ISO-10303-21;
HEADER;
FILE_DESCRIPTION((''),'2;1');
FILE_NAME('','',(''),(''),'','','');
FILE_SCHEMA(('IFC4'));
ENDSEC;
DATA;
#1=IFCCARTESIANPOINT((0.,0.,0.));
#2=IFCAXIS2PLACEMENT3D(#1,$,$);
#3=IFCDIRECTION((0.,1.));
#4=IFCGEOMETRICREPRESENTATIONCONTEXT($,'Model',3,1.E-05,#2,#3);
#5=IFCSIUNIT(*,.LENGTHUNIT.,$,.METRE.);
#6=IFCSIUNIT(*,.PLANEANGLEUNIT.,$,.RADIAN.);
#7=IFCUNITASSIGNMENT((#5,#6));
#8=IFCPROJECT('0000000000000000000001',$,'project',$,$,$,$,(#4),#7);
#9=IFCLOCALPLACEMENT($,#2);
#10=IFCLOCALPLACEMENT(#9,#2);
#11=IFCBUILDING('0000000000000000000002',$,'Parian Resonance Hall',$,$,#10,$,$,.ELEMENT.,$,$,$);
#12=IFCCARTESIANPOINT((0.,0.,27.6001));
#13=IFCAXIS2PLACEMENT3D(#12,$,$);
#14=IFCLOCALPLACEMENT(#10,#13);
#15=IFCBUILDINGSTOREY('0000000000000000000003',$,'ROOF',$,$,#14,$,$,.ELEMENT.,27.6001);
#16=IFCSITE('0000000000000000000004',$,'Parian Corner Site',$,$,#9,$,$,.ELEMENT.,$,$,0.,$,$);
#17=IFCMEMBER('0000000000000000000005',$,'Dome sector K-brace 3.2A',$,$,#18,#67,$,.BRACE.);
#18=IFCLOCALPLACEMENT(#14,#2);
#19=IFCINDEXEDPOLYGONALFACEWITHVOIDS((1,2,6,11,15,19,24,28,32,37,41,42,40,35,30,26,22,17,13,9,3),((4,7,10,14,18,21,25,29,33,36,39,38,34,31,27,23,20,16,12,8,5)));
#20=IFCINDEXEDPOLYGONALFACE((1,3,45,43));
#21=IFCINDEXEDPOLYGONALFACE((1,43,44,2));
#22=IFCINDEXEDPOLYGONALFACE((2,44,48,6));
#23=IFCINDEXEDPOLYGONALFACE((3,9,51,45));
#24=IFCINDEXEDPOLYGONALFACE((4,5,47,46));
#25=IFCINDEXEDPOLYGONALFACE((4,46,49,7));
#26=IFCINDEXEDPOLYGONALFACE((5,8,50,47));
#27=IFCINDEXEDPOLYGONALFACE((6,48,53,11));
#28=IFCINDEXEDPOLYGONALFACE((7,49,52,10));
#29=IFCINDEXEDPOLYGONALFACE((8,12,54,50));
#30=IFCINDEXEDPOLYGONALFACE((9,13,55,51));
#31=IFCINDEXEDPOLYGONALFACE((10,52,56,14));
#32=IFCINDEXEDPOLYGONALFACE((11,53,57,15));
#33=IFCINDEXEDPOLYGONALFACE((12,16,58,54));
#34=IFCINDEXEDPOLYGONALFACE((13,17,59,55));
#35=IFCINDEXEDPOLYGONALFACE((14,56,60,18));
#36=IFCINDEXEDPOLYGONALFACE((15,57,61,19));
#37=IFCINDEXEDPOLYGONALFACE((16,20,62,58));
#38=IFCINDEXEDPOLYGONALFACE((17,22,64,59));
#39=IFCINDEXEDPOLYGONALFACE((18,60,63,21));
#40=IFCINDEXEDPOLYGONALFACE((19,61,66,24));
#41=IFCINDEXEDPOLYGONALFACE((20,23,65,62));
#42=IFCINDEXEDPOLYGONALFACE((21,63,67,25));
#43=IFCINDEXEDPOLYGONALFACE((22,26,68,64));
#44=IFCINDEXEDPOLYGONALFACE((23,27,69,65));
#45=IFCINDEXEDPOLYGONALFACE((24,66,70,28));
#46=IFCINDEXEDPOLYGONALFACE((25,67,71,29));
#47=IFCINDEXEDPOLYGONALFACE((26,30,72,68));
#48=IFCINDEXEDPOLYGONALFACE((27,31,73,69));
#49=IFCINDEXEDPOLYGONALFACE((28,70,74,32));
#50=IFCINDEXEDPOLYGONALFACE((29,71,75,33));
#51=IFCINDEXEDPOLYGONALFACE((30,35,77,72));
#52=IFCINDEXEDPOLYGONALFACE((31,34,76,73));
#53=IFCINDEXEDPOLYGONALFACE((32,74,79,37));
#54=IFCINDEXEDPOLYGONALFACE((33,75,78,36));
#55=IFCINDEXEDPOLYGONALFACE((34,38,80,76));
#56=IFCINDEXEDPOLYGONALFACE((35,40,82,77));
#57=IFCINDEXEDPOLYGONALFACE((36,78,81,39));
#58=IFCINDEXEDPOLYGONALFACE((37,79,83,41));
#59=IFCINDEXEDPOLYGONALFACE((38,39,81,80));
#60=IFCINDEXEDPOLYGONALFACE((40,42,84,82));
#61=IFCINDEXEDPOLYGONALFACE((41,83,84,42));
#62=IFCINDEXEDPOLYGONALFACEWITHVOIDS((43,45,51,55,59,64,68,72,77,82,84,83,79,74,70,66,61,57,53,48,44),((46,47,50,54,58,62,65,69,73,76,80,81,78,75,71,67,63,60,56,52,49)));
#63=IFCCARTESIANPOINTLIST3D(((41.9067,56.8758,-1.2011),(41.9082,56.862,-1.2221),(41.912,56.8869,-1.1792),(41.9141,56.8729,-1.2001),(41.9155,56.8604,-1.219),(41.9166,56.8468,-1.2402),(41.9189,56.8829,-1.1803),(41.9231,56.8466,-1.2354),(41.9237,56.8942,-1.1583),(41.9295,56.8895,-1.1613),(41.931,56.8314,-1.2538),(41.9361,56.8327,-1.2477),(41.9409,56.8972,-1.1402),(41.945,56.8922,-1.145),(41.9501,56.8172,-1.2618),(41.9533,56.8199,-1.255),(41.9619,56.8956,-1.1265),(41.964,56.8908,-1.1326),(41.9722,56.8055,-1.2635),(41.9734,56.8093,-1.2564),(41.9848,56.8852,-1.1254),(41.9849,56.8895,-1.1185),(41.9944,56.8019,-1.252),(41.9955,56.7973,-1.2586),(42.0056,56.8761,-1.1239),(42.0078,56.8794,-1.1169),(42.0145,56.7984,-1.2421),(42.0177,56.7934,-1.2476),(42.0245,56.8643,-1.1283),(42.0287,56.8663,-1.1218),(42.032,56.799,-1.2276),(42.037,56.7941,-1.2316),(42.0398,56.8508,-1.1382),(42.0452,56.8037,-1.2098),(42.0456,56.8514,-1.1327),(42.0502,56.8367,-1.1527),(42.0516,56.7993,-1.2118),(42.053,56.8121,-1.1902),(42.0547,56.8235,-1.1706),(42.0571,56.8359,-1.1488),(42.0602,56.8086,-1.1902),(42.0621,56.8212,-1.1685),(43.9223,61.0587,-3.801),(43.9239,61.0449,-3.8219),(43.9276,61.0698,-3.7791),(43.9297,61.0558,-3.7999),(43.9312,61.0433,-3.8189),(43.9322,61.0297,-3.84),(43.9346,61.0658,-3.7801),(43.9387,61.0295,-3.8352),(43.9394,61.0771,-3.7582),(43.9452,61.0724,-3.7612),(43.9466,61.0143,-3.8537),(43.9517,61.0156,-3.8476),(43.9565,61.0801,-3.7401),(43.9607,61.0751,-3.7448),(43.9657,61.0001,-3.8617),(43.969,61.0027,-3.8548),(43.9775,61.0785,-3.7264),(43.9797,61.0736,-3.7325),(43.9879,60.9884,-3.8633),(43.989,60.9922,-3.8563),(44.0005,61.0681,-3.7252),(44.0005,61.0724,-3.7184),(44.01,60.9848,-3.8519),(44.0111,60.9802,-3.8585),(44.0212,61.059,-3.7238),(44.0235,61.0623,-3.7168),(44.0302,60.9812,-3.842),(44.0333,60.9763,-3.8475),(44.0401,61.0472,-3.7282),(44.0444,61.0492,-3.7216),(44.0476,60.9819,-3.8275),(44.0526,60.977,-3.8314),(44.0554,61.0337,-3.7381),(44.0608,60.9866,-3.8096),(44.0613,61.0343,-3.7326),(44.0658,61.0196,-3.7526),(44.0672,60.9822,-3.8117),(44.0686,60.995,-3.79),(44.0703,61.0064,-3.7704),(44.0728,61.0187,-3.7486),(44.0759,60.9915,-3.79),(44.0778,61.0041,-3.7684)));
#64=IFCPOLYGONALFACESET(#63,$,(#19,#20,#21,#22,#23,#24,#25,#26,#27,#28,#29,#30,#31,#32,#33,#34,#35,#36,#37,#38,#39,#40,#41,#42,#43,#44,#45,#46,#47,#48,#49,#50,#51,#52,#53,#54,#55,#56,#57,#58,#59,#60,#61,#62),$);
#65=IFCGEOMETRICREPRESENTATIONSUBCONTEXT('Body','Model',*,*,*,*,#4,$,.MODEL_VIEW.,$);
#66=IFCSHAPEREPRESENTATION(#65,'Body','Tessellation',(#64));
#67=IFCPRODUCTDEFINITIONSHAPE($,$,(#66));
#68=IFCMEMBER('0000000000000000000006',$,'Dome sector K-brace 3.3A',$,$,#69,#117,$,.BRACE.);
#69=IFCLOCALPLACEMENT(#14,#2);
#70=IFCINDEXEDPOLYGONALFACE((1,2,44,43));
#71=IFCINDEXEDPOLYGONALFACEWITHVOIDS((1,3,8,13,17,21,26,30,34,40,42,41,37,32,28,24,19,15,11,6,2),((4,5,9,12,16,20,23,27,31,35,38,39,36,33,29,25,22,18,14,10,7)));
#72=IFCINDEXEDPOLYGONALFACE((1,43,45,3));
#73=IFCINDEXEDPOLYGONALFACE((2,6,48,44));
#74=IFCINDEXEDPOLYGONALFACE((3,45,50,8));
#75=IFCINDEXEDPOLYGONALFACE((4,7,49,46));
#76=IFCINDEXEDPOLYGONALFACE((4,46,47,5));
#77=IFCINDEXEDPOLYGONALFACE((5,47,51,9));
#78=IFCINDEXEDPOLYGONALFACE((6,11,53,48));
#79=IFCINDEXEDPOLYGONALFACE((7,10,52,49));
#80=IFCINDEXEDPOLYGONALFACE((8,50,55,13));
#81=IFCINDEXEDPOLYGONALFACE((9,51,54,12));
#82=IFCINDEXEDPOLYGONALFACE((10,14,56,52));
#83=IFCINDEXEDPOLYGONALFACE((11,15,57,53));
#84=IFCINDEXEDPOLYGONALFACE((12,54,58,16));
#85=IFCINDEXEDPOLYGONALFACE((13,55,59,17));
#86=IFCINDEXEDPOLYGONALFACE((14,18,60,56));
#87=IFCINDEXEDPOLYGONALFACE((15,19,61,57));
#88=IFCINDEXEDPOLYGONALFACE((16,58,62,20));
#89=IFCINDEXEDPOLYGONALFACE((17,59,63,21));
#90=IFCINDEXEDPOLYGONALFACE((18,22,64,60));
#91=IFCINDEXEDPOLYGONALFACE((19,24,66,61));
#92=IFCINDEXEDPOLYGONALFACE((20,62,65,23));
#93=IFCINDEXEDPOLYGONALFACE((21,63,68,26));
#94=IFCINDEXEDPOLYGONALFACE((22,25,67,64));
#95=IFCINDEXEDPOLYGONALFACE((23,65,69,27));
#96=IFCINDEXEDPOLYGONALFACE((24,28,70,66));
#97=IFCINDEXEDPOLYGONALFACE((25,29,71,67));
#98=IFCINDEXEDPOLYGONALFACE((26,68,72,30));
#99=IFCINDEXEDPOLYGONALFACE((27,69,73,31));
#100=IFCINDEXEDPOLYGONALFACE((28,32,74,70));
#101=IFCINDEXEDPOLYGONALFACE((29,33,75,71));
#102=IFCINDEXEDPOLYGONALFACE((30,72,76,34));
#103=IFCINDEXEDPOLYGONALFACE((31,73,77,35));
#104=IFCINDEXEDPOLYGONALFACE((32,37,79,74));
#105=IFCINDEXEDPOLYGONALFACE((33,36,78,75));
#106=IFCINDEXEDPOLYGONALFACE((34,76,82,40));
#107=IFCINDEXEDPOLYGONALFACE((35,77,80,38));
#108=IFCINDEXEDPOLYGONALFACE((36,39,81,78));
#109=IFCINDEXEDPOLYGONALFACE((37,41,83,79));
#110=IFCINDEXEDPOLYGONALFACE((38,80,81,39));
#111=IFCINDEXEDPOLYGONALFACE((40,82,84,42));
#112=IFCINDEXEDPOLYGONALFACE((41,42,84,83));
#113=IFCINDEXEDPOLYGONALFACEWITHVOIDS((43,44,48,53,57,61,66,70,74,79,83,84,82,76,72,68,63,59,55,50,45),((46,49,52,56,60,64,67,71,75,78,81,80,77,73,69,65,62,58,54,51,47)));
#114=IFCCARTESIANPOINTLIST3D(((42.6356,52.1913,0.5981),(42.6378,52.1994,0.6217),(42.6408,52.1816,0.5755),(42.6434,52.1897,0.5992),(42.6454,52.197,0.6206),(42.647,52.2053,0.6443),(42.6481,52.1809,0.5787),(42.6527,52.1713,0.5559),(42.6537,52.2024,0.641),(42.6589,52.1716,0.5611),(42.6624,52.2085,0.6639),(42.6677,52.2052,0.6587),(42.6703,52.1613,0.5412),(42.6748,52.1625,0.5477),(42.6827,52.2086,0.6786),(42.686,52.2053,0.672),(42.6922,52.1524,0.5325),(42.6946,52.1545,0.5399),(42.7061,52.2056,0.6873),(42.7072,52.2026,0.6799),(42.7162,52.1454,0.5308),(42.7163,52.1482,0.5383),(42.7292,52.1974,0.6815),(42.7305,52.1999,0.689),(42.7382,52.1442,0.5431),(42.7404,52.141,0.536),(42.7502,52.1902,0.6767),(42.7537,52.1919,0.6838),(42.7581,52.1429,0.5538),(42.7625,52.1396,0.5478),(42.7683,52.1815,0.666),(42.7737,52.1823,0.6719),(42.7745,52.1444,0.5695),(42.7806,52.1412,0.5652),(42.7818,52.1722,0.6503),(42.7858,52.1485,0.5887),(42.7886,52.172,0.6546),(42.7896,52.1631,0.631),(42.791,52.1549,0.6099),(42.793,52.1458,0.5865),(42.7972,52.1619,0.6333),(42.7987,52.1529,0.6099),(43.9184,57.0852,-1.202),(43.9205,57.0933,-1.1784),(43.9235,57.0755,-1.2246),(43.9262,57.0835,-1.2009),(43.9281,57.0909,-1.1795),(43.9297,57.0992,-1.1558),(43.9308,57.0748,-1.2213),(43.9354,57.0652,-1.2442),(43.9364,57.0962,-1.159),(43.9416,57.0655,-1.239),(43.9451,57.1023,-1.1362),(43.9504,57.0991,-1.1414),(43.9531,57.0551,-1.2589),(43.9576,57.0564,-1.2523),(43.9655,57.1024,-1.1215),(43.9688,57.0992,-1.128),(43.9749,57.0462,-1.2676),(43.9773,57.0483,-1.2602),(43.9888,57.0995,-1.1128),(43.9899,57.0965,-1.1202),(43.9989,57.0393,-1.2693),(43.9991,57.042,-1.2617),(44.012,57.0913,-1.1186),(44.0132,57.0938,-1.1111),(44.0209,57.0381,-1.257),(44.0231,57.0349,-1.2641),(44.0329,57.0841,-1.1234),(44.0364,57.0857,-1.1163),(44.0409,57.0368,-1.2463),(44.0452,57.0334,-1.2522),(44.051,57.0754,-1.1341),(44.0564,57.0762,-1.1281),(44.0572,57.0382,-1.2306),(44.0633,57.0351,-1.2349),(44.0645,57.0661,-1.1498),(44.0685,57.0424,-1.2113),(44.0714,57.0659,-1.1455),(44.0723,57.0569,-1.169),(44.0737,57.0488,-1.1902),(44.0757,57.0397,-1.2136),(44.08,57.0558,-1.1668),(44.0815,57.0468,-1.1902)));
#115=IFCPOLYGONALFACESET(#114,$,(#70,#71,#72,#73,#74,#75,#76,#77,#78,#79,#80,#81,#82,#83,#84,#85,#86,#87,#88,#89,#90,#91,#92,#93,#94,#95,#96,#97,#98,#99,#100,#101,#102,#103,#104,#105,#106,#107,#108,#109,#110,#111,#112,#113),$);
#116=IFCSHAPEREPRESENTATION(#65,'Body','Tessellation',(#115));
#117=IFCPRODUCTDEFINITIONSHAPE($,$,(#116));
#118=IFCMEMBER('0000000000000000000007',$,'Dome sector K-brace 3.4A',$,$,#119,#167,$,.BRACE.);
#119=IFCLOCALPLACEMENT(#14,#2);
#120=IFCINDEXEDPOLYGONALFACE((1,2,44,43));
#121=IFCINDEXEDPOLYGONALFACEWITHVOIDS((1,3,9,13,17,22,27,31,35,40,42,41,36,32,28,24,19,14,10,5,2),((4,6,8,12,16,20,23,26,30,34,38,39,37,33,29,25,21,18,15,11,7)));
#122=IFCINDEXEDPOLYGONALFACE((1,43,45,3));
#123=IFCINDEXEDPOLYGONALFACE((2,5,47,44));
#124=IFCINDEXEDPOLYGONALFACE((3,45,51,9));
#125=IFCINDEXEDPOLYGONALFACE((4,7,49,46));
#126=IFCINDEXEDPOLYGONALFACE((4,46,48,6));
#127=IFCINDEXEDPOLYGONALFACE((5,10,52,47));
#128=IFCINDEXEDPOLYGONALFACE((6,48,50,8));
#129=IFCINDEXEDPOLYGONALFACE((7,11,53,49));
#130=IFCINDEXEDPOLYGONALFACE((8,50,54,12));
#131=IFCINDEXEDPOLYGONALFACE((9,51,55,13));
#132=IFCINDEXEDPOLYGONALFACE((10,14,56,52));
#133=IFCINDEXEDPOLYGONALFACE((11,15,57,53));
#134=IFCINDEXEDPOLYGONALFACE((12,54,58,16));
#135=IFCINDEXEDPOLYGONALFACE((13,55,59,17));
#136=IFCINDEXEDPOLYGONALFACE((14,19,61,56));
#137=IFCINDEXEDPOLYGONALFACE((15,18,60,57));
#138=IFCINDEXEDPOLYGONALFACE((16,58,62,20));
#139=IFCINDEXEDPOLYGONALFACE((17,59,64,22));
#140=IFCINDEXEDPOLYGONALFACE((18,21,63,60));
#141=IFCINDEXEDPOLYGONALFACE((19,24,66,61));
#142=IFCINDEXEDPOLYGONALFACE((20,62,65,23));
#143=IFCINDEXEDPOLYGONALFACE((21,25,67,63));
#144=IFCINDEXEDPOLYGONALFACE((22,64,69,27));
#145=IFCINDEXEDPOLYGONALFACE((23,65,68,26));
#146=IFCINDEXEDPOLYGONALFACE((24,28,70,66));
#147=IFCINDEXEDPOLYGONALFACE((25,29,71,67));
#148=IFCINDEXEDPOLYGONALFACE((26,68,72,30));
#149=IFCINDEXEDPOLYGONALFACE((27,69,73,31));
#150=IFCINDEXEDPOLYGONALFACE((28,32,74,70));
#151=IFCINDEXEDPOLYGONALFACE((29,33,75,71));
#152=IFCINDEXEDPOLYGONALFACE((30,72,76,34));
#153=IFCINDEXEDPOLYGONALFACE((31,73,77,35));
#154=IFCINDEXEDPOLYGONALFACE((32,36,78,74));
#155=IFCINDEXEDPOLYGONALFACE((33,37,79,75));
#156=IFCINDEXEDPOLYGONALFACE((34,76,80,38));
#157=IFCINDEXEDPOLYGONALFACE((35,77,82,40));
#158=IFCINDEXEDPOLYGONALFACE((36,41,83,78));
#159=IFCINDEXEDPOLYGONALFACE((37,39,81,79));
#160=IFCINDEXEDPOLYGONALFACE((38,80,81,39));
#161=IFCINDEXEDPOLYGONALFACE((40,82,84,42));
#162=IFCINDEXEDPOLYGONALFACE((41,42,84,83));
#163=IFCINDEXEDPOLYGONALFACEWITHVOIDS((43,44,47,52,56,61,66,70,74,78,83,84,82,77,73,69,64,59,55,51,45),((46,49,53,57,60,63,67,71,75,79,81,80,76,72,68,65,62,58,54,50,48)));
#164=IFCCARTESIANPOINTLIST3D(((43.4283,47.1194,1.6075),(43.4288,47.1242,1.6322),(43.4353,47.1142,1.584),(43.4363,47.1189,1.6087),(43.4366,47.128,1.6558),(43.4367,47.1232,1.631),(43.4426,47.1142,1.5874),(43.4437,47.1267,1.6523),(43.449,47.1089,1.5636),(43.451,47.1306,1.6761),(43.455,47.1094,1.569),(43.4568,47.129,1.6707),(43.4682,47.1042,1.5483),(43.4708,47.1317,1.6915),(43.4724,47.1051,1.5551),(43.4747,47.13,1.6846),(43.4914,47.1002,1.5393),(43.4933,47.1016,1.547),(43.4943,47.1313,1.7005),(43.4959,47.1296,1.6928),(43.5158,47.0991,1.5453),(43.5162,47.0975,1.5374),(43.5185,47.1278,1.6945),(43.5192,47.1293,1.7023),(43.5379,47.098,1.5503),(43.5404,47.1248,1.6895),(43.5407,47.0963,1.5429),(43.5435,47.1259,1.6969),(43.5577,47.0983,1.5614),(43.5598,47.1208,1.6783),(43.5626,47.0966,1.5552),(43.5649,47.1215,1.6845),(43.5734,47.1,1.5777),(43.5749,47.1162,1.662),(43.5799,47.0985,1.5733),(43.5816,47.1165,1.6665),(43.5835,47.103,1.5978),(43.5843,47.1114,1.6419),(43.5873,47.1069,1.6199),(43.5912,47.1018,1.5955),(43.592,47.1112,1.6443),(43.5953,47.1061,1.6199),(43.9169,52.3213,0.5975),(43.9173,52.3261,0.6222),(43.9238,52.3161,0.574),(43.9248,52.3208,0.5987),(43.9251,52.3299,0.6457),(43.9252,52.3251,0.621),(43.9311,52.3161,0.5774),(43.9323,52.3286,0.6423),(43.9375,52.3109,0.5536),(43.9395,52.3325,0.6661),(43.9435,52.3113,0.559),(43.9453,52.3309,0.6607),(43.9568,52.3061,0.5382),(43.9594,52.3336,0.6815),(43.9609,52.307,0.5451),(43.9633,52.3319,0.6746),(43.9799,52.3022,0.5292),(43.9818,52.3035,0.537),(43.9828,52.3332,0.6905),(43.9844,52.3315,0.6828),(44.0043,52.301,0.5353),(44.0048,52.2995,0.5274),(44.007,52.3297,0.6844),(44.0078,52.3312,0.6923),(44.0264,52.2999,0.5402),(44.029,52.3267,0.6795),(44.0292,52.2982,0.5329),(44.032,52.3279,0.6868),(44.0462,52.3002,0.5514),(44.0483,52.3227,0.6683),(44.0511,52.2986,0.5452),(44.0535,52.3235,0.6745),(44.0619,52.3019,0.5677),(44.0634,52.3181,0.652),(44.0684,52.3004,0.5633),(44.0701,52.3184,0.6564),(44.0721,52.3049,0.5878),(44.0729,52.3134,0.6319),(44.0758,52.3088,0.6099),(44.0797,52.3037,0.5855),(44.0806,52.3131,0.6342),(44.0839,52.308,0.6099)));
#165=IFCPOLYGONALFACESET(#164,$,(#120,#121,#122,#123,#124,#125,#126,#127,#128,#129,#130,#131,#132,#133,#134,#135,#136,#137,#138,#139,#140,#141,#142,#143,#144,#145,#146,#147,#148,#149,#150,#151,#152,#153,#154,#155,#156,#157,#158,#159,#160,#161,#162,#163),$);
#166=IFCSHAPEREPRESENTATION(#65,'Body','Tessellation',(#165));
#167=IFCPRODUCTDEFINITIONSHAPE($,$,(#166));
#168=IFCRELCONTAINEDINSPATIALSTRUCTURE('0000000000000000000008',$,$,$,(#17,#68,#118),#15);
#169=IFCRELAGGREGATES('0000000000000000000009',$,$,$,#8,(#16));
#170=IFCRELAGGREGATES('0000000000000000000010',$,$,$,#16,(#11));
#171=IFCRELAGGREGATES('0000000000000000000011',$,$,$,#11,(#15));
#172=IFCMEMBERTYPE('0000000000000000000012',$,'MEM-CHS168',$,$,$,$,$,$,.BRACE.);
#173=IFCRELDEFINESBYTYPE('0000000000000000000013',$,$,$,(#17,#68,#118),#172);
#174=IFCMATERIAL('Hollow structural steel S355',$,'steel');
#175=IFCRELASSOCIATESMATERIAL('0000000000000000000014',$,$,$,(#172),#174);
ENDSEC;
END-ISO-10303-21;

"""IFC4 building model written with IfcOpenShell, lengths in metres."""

from ifc_helpers import new_model, si_unit, direction, frame, origin, origin_2d, place, context, subcontext, project, spatial, hollow_circle, extrude, material, material_profile, profile_set, type_object, element, save


model = new_model("IFC4")

# Units and contexts
model_context = context("Model", 3, precision=1e-05, world=origin(), true_north=direction((0.0, 1.0)))
body_context = subcontext(model_context, "Body", "Model", "MODEL_VIEW")
ifc_project = project(units=[si_unit("LENGTHUNIT", "METRE"), si_unit("PLANEANGLEUNIT", "RADIAN")], contexts=[model_context])

# Site, building, storey
site_placement = place(None, origin())
site = spatial("IfcSite", under=ifc_project, at=site_placement, Name="Parian Corner Site", CompositionType="ELEMENT", RefElevation=0.0)
building_placement = place(site_placement, origin())
building = spatial("IfcBuilding", under=site, at=building_placement, Name="Parian Resonance Hall", CompositionType="ELEMENT")
storey_placement = place(building_placement, frame((0.0, 0.0, 27.6001)))
storey = spatial("IfcBuildingStorey", under=building, at=storey_placement, Name="ROOF", CompositionType="ELEMENT", Elevation=27.6001)

# Members
ifc_material_1 = material(Name="Hollow structural steel S355", Category="steel")
ifc_material_profile_1 = material_profile(ifc_material_1, hollow_circle(Radius=0.0842, WallThickness=0.0081, at=origin_2d()), Name="CHS168.3x8")
ifc_profile_set_1 = profile_set([ifc_material_profile_1], Name="Hollow structural steel S355")
member_type_1 = type_object("IfcMemberType", Name="MEM-CHS168", PredefinedType="BRACE", material=ifc_profile_set_1)
member_1_placement = place(storey_placement, frame((44.0, 61.0281, -3.79), z_axis=(-0.37877, -0.786031, 0.488557), x_axis=(0.900862, -0.434105, 0.0)))
element("IfcMember", 1, at=member_1_placement, inside=storey, type_object=member_type_1, Name="Dome sector K-brace 3.2A", PredefinedType="BRACE", context=body_context, shape_type="SweptSolid", body=[
    extrude(hollow_circle(Radius=0.0842, WallThickness=0.0081, at=origin_2d()), origin(), (0.0, 0.0, 1.0), 5.3215),
])
member_2_placement = place(storey_placement, frame((44.0, 57.0681, -1.1902), z_axis=(-0.238876, -0.911355, 0.335217), x_axis=(0.967323, -0.253545, 0.0)))
element("IfcMember", 2, at=member_2_placement, inside=storey, type_object=member_type_1, Name="Dome sector K-brace 3.3A", PredefinedType="BRACE", context=body_context, shape_type="SweptSolid", body=[
    extrude(hollow_circle(Radius=0.0842, WallThickness=0.0081, at=origin_2d()), origin(), (0.0, 0.0, 1.0), 5.3699),
])
member_3_placement = place(storey_placement, frame((44.0, 52.3159, 0.6099), z_axis=(-0.091802, -0.977522, 0.189797), x_axis=(0.995619, -0.093501, 0.0)))
element("IfcMember", 3, at=member_3_placement, inside=storey, type_object=member_type_1, Name="Dome sector K-brace 3.4A", PredefinedType="BRACE", context=body_context, shape_type="SweptSolid", body=[
    extrude(hollow_circle(Radius=0.0842, WallThickness=0.0081, at=origin_2d()), origin(), (0.0, 0.0, 1.0), 5.3215),
])

save(model, "model.ifc")
